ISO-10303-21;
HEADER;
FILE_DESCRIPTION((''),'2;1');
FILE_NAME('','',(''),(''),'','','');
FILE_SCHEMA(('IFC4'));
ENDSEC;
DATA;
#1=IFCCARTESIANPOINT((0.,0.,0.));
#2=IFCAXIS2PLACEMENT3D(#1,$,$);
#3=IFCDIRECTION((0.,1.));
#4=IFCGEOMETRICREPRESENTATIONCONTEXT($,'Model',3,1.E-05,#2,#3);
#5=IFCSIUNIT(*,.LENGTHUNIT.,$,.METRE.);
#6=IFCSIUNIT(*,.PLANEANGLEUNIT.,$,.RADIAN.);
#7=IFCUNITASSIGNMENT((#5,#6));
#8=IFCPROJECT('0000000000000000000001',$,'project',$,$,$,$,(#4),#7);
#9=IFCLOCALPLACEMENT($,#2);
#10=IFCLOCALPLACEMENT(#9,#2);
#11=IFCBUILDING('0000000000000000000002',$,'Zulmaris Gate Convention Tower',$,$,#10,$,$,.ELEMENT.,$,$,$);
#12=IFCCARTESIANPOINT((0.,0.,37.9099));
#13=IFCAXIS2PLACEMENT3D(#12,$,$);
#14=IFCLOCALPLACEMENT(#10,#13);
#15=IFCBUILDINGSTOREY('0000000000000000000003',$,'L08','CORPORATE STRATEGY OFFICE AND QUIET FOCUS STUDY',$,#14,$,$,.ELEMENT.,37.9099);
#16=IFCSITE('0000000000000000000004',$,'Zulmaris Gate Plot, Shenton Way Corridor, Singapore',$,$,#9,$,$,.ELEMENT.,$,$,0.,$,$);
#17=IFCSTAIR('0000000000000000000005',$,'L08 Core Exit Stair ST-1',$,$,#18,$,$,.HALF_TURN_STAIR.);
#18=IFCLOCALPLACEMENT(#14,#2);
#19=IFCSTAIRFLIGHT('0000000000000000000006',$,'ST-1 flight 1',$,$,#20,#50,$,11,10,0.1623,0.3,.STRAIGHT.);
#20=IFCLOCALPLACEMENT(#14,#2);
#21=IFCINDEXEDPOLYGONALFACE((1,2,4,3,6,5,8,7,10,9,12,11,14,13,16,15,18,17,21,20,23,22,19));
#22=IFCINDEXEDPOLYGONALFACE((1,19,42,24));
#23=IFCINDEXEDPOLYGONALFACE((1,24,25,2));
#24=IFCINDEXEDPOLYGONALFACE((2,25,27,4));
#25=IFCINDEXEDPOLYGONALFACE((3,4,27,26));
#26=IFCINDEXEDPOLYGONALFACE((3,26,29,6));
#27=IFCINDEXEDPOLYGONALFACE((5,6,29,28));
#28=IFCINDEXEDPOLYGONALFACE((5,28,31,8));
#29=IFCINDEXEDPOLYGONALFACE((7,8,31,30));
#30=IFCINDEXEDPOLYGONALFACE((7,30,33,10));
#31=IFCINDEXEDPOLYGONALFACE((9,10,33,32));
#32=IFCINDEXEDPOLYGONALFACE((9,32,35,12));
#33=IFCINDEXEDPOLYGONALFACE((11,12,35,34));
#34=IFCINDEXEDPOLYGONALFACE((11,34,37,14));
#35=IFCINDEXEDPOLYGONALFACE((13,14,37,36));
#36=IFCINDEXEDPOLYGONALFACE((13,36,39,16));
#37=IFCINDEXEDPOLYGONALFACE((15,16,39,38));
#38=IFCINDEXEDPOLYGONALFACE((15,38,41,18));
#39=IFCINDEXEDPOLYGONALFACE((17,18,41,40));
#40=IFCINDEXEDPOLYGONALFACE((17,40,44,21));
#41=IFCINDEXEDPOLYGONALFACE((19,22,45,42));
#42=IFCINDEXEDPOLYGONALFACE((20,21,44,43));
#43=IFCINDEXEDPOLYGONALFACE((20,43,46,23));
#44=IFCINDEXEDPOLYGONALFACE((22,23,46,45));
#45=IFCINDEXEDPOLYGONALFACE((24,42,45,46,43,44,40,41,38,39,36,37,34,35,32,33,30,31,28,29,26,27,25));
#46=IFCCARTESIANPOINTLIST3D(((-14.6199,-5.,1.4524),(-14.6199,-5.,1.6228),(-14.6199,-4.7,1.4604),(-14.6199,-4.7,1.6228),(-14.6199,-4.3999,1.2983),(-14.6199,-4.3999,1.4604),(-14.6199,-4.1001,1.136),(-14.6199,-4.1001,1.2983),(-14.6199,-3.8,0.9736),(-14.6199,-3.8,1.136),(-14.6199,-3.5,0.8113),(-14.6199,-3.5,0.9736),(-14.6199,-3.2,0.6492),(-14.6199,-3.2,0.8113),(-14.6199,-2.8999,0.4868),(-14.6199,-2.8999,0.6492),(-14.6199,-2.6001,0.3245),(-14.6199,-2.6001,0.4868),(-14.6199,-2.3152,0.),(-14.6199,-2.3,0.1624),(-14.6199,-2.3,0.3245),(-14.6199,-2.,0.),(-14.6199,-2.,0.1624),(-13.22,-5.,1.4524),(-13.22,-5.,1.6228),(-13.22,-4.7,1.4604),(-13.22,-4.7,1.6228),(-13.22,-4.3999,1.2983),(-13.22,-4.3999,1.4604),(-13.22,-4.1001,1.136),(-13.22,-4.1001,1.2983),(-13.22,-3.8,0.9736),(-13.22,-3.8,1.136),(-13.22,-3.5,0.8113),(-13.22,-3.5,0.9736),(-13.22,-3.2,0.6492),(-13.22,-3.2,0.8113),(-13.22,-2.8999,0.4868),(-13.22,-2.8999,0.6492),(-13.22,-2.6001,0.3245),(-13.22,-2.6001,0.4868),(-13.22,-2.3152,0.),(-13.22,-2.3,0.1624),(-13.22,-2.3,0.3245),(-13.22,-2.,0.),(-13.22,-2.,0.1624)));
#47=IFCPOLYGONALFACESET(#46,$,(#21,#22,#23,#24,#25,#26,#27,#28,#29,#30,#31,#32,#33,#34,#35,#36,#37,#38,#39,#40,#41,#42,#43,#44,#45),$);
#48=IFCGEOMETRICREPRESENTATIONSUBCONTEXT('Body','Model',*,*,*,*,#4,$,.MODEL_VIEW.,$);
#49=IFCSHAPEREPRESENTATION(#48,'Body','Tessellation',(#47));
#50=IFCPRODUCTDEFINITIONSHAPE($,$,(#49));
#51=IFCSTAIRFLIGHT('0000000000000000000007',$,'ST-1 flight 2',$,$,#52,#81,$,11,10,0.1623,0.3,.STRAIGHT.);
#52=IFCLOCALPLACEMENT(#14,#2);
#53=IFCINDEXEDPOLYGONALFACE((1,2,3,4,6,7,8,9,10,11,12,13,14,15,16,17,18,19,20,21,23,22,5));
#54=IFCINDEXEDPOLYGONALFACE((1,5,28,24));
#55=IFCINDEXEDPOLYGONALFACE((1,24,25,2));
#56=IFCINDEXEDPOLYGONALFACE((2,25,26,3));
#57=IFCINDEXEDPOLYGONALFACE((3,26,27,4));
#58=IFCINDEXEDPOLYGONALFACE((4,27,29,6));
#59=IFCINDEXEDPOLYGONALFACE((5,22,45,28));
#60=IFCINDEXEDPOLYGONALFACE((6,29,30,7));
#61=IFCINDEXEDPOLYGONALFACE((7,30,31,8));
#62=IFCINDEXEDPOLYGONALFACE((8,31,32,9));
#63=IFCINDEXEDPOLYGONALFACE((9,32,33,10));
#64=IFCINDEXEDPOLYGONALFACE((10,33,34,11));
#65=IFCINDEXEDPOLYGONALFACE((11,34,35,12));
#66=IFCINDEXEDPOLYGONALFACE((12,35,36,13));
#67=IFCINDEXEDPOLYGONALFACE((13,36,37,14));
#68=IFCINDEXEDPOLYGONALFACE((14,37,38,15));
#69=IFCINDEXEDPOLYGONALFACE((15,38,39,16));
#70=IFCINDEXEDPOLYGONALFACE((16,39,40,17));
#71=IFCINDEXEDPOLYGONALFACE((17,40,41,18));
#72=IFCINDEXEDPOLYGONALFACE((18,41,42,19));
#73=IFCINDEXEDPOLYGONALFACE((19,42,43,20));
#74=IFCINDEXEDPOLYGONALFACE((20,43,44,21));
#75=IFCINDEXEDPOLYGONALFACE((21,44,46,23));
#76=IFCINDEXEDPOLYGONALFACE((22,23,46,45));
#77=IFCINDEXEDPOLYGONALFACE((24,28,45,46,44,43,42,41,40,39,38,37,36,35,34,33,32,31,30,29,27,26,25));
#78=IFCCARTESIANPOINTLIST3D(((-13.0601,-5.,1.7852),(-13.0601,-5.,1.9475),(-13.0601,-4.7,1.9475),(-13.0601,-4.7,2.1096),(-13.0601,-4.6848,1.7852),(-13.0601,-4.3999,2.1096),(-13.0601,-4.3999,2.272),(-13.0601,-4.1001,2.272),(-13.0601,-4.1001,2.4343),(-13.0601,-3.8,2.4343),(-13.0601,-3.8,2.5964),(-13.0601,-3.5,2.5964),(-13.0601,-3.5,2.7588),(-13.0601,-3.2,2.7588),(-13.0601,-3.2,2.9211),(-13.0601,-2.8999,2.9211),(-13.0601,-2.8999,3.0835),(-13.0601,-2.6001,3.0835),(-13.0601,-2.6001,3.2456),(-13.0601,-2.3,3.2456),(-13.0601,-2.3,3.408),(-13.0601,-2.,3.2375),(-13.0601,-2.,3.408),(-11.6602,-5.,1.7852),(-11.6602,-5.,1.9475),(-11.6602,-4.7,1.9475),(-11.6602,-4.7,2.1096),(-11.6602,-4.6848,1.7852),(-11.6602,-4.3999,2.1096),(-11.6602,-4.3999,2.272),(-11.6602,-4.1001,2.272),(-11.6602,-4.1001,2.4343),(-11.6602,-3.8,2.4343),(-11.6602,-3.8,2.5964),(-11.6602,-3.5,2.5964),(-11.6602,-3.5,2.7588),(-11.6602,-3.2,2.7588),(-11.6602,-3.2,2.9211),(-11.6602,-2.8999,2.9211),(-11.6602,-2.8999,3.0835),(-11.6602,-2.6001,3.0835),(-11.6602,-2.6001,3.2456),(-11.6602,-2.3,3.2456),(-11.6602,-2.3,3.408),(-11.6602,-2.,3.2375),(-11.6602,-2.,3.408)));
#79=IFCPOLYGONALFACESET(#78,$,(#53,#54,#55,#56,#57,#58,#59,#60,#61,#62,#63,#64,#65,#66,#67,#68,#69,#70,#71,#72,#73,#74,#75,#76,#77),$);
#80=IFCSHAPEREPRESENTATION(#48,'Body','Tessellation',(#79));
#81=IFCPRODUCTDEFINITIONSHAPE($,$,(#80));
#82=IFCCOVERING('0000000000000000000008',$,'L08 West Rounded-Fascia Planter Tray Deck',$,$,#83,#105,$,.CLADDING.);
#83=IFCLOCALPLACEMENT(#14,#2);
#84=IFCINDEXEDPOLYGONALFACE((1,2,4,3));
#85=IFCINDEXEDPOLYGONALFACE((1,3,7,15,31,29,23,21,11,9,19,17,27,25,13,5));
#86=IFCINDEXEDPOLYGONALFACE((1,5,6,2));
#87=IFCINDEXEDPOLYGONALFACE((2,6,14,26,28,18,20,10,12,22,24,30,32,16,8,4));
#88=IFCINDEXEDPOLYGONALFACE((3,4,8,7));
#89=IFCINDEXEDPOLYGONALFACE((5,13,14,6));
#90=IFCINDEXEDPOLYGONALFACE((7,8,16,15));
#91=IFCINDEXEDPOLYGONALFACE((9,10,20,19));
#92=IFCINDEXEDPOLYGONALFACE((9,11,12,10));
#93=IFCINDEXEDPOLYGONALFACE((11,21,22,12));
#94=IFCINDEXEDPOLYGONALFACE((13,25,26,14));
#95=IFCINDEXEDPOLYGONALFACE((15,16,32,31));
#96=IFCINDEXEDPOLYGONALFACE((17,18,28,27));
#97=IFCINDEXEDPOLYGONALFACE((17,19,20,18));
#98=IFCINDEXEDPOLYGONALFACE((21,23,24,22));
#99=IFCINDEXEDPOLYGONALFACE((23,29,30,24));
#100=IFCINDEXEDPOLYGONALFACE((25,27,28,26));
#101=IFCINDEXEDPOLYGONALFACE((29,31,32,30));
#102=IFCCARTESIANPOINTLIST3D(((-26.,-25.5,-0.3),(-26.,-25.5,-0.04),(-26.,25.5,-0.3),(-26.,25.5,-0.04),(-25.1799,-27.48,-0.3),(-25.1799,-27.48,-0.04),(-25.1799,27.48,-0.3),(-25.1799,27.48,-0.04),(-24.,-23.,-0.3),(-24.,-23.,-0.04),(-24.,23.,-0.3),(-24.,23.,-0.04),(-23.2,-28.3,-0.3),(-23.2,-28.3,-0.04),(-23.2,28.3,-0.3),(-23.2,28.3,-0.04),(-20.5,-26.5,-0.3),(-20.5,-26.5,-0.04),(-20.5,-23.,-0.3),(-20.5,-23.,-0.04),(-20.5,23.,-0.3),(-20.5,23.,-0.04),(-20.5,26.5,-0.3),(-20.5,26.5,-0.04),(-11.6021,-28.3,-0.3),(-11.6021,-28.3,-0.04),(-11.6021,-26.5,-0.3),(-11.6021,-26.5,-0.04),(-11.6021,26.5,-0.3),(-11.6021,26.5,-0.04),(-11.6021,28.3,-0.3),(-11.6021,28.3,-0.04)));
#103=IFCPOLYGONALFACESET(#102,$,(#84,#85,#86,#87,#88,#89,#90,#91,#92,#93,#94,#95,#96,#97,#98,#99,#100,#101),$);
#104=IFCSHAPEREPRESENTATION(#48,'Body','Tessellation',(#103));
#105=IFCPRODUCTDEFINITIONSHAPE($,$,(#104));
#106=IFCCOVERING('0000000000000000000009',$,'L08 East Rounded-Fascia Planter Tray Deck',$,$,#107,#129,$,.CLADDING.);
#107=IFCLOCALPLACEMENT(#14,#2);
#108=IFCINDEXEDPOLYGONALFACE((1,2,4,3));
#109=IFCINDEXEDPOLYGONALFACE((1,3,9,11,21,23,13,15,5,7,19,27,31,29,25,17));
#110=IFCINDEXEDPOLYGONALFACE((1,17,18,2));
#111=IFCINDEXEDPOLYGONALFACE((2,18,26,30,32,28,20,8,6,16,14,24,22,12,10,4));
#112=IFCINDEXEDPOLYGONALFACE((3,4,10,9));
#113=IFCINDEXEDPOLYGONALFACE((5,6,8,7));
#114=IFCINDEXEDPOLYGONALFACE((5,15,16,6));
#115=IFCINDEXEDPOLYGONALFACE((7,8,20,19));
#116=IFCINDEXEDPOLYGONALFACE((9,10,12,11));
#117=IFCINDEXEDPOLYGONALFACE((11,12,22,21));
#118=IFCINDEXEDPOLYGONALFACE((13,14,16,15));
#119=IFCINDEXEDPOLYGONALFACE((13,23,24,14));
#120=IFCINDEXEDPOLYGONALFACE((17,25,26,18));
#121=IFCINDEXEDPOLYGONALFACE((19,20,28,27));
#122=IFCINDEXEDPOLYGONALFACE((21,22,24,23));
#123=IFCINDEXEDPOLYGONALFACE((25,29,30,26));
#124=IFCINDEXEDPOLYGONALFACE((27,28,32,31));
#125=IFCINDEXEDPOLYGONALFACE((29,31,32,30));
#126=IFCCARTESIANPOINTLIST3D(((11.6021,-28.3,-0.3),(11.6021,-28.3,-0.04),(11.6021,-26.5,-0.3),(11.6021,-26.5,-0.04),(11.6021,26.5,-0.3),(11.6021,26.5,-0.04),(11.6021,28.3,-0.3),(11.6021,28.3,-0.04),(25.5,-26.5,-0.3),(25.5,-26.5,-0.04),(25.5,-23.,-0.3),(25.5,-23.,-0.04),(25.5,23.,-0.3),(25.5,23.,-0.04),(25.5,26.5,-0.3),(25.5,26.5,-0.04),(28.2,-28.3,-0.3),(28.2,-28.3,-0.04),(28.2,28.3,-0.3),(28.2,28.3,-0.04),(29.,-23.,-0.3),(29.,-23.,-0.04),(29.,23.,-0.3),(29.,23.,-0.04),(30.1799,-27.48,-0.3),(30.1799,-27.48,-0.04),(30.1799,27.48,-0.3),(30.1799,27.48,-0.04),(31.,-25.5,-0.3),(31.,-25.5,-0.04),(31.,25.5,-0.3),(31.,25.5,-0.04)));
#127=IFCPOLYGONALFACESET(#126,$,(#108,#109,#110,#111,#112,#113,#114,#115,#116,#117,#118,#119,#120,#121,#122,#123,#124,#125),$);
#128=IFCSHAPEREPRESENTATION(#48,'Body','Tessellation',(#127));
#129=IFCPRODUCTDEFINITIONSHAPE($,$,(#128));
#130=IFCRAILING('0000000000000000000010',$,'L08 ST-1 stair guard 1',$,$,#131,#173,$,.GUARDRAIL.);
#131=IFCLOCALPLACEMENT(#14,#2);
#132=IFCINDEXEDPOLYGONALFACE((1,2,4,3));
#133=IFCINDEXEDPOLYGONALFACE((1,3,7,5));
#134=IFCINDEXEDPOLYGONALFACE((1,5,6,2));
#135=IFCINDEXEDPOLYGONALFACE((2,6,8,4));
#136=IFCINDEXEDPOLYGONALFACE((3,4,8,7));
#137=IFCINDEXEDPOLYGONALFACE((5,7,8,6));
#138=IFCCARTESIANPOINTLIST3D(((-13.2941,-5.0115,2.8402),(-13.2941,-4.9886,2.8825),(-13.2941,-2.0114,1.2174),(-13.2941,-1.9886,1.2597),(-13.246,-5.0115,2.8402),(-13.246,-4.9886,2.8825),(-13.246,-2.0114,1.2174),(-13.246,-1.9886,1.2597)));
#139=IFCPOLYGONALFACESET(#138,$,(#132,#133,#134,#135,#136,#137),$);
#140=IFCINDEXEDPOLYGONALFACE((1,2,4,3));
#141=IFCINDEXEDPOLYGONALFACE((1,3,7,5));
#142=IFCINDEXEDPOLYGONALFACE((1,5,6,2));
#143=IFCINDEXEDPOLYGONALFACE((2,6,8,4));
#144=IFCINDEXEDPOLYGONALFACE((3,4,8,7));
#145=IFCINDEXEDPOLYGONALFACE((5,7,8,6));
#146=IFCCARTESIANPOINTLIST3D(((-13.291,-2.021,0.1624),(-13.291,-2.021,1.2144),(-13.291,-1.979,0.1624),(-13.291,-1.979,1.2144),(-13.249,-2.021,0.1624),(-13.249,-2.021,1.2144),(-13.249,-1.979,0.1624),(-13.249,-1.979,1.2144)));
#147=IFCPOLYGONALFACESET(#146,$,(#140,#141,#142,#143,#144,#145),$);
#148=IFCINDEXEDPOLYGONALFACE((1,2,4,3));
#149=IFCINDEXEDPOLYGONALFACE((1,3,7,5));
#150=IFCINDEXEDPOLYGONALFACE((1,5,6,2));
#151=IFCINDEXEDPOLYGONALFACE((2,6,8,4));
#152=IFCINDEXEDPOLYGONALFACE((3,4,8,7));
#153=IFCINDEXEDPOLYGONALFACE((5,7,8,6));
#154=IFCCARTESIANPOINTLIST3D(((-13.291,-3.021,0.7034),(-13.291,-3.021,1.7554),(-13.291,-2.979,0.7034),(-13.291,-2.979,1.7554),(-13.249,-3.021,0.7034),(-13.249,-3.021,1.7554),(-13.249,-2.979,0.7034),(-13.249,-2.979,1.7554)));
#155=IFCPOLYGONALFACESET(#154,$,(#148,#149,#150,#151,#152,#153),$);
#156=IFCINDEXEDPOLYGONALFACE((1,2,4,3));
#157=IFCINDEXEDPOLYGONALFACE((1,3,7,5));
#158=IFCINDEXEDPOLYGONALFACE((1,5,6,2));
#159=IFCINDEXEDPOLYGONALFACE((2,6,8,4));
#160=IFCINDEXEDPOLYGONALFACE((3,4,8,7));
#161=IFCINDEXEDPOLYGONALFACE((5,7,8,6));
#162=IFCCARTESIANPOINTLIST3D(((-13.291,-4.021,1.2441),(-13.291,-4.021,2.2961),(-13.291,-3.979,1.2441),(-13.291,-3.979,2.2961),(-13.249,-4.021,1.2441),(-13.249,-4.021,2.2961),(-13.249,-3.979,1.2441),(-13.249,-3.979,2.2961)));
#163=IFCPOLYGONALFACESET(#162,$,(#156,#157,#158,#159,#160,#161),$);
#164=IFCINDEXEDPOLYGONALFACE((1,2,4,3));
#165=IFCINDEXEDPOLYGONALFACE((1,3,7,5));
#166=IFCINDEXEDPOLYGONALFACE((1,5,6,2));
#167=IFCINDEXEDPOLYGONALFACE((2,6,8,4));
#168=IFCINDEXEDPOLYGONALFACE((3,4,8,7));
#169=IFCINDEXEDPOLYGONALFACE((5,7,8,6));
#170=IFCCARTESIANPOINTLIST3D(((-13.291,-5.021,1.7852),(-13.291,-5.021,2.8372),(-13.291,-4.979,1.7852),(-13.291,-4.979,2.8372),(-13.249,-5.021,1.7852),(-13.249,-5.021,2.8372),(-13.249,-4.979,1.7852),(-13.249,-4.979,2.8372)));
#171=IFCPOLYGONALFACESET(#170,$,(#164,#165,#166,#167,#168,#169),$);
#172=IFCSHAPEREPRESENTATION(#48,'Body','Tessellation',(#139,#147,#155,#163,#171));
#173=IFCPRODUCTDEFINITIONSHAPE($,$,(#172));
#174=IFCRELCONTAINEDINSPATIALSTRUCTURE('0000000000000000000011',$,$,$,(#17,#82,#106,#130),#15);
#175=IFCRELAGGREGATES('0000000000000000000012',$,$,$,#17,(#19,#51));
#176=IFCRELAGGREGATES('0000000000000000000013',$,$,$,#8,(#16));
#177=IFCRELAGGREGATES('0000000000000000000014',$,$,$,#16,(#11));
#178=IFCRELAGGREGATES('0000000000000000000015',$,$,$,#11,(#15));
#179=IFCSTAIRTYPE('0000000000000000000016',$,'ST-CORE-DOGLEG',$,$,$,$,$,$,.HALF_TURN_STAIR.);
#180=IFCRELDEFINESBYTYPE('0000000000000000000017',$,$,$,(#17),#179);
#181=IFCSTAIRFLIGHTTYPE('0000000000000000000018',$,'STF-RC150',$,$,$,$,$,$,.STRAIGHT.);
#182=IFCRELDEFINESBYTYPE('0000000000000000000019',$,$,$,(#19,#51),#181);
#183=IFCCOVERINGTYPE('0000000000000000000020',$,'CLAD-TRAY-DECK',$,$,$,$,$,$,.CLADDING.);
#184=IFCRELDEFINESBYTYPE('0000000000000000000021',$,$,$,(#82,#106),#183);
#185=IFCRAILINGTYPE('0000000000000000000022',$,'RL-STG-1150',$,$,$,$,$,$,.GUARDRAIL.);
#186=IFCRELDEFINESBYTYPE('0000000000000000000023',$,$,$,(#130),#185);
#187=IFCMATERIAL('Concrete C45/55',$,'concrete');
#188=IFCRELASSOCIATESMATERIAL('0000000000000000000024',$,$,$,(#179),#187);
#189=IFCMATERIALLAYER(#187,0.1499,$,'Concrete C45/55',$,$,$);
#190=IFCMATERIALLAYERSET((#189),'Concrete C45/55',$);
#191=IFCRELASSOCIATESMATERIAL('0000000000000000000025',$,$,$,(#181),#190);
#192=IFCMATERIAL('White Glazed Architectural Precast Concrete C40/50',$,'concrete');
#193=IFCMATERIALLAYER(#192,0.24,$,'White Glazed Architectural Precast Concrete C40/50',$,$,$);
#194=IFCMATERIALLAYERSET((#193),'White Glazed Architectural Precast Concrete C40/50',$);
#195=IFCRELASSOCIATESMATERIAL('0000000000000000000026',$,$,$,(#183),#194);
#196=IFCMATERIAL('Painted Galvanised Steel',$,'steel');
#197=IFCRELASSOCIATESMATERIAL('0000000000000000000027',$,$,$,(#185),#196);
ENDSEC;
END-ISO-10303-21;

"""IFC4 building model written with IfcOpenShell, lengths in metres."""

from ifc_helpers import new_model, si_unit, direction, frame, origin, origin_2d, place, context, subcontext, project, spatial, polyline, rectangle, outline, extrude, material, layer, layer_set, type_object, element, aggregate, save


model = new_model("IFC4")

# Units and contexts
model_context = context("Model", 3, precision=1e-05, world=origin(), true_north=direction((0.0, 1.0)))
body_context = subcontext(model_context, "Body", "Model", "MODEL_VIEW")
ifc_project = project(units=[si_unit("LENGTHUNIT", "METRE"), si_unit("PLANEANGLEUNIT", "RADIAN")], contexts=[model_context])

# Site, building, storey
site_placement = place(None, origin())
site = spatial("IfcSite", under=ifc_project, at=site_placement, Name="Zulmaris Gate Plot, Shenton Way Corridor, Singapore", CompositionType="ELEMENT", RefElevation=0.0)
building_placement = place(site_placement, origin())
building = spatial("IfcBuilding", under=site, at=building_placement, Name="Zulmaris Gate Convention Tower", CompositionType="ELEMENT")
storey_placement = place(building_placement, frame((0.0, 0.0, 37.9099)))
storey = spatial("IfcBuildingStorey", under=building, at=storey_placement, Name="L08", Description="CORPORATE STRATEGY OFFICE AND QUIET FOCUS STUDY", CompositionType="ELEMENT", Elevation=37.9099)

# Stair, stair flights
ifc_material_1 = material(Name="Concrete C45/55", Category="concrete")
stair_type = type_object("IfcStairType", Name="ST-CORE-DOGLEG", PredefinedType="HALF_TURN_STAIR", material=ifc_material_1)
stair_placement = place(storey_placement, origin())
stair = element("IfcStair", 1, at=stair_placement, inside=storey, type_object=stair_type, Name="L08 Core Exit Stair ST-1", PredefinedType="HALF_TURN_STAIR")
ifc_layer_1 = layer(ifc_material_1, 0.1499, Name="Concrete C45/55")
ifc_layer_set_1 = layer_set([ifc_layer_1], Name="Concrete C45/55")
stair_flight_type = type_object("IfcStairFlightType", Name="STF-RC150", PredefinedType="STRAIGHT", material=ifc_layer_set_1)
stair_flight_1_placement = place(storey_placement, frame((-13.9199, -2.0, 0.0), z_axis=(0.0, 0.0, 1.0), x_axis=(0.0, -1.0, 0.0)))
stair_flight_1 = element("IfcStairFlight", 2, at=stair_flight_1_placement, type_object=stair_flight_type, Name="ST-1 flight 1", NumberOfRisers=11, NumberOfTreads=10, PredefinedType="STRAIGHT", RiserHeight=0.1623, TreadLength=0.3, context=body_context, shape_type="SweptSolid", body=[
    extrude(outline(polyline([(0.0, 0.0), (0.0, 0.1624), (0.3, 0.1624), (0.3, 0.3245), (0.6001, 0.3245), (0.6001, 0.4868), (0.8999, 0.4868), (0.8999, 0.6492), (1.2, 0.6492), (1.2, 0.8113), (1.5, 0.8113), (1.5, 0.9736), (1.8, 0.9736), (1.8, 1.136), (2.1001, 1.136), (2.1001, 1.2983), (2.3999, 1.2983), (2.3999, 1.4604), (2.7, 1.4604), (2.7, 1.6228), (3.0, 1.6228), (3.0, 1.7852), (3.0, 1.4524), (0.3152, 0.0), (0.0, 0.0)])), frame((0.0, 0.7, 0.0), z_axis=(0.0, -1.0, 0.0), x_axis=(1.0, 0.0, 0.0)), (0.0, 0.0, 1.0), 1.3999),
])
stair_flight_2_placement = place(storey_placement, frame((-12.3601, -5.0, 1.7852), z_axis=(0.0, 0.0, 1.0), x_axis=(0.0, 1.0, 0.0)))
stair_flight_2 = element("IfcStairFlight", 3, at=stair_flight_2_placement, type_object=stair_flight_type, Name="ST-1 flight 2", NumberOfRisers=11, NumberOfTreads=10, PredefinedType="STRAIGHT", RiserHeight=0.1623, TreadLength=0.3, context=body_context, shape_type="SweptSolid", body=[
    extrude(outline(polyline([(0.0, 0.0), (0.0, 0.1624), (0.3, 0.1624), (0.3, 0.3245), (0.6001, 0.3245), (0.6001, 0.4868), (0.8999, 0.4868), (0.8999, 0.6492), (1.2, 0.6492), (1.2, 0.8113), (1.5, 0.8113), (1.5, 0.9736), (1.8, 0.9736), (1.8, 1.136), (2.1001, 1.136), (2.1001, 1.2983), (2.3999, 1.2983), (2.3999, 1.4604), (2.7, 1.4604), (2.7, 1.6228), (3.0, 1.6228), (3.0, 1.7852), (3.0, 1.4524), (0.3152, 0.0), (0.0, 0.0)])), frame((0.0, 0.7, 0.0), z_axis=(0.0, -1.0, 0.0), x_axis=(1.0, 0.0, 0.0)), (0.0, 0.0, 1.0), 1.3999),
])
aggregate(stair, [stair_flight_1, stair_flight_2])

# Coverings
ifc_material_2 = material(Name="White Glazed Architectural Precast Concrete C40/50", Category="concrete")
ifc_layer_2 = layer(ifc_material_2, 0.24, Name="White Glazed Architectural Precast Concrete C40/50")
ifc_layer_set_2 = layer_set([ifc_layer_2], Name="White Glazed Architectural Precast Concrete C40/50")
covering_type = type_object("IfcCoveringType", Name="CLAD-TRAY-DECK", PredefinedType="CLADDING", material=ifc_layer_set_2)
covering_1_placement = place(storey_placement, frame((0.0, 0.0, -0.3)))
element("IfcCovering", 4, at=covering_1_placement, inside=storey, type_object=covering_type, Name="L08 West Rounded-Fascia Planter Tray Deck", PredefinedType="CLADDING", context=body_context, shape_type="SweptSolid", body=[
    extrude(outline(polyline([(-26.0, 25.5), (-25.1799, 27.48), (-23.2, 28.3), (-11.6021, 28.3), (-11.6021, 26.5), (-20.5, 26.5), (-20.5, 23.0), (-24.0, 23.0), (-24.0, -23.0), (-20.5, -23.0), (-20.5, -26.5), (-11.6021, -26.5), (-11.6021, -28.3), (-23.2, -28.3), (-25.1799, -27.48), (-26.0, -25.5), (-26.0, 25.5)])), origin(), (0.0, 0.0, 1.0), 0.26),
])
covering_2_placement = place(storey_placement, frame((0.0, 0.0, -0.3)))
element("IfcCovering", 5, at=covering_2_placement, inside=storey, type_object=covering_type, Name="L08 East Rounded-Fascia Planter Tray Deck", PredefinedType="CLADDING", context=body_context, shape_type="SweptSolid", body=[
    extrude(outline(polyline([(28.2, 28.3), (30.1799, 27.48), (31.0, 25.5), (31.0, -25.5), (30.1799, -27.48), (28.2, -28.3), (11.6021, -28.3), (11.6021, -26.5), (25.5, -26.5), (25.5, -23.0), (29.0, -23.0), (29.0, 23.0), (25.5, 23.0), (25.5, 26.5), (11.6021, 26.5), (11.6021, 28.3), (28.2, 28.3)])), origin(), (0.0, 0.0, 1.0), 0.26),
])

# Railing
ifc_material_3 = material(Name="Painted Galvanised Steel", Category="steel")
railing_type_1 = type_object("IfcRailingType", Name="RL-STG-1150", PredefinedType="GUARDRAIL", material=ifc_material_3)
railing_1_placement = place(storey_placement, frame((-13.27, -2.0, 0.1624)))
element("IfcRailing", 6, at=railing_1_placement, inside=storey, type_object=railing_type_1, Name="L08 ST-1 stair guard 1", PredefinedType="GUARDRAIL", context=body_context, shape_type="SweptSolid", body=[
    extrude(rectangle(XDim=0.0481, YDim=0.0481, at=origin_2d()), frame((0.0, 0.0, 1.0762), z_axis=(0.0, -0.879562, 0.475785), x_axis=(1.0, 0.0, 0.0)), (0.0, 0.0, 1.0), 3.4109),
    extrude(rectangle(XDim=0.042, YDim=0.042, at=origin_2d()), origin(), (0.0, 0.0, 1.0), 1.052),
    extrude(rectangle(XDim=0.042, YDim=0.042, at=origin_2d()), frame((0.0, -1.0, 0.541)), (0.0, 0.0, 1.0), 1.052),
    extrude(rectangle(XDim=0.042, YDim=0.042, at=origin_2d()), frame((0.0, -2.0, 1.0818)), (0.0, 0.0, 1.0), 1.052),
    extrude(rectangle(XDim=0.042, YDim=0.042, at=origin_2d()), frame((0.0, -3.0, 1.6228)), (0.0, 0.0, 1.0), 1.052),
])

save(model, "model.ifc")
